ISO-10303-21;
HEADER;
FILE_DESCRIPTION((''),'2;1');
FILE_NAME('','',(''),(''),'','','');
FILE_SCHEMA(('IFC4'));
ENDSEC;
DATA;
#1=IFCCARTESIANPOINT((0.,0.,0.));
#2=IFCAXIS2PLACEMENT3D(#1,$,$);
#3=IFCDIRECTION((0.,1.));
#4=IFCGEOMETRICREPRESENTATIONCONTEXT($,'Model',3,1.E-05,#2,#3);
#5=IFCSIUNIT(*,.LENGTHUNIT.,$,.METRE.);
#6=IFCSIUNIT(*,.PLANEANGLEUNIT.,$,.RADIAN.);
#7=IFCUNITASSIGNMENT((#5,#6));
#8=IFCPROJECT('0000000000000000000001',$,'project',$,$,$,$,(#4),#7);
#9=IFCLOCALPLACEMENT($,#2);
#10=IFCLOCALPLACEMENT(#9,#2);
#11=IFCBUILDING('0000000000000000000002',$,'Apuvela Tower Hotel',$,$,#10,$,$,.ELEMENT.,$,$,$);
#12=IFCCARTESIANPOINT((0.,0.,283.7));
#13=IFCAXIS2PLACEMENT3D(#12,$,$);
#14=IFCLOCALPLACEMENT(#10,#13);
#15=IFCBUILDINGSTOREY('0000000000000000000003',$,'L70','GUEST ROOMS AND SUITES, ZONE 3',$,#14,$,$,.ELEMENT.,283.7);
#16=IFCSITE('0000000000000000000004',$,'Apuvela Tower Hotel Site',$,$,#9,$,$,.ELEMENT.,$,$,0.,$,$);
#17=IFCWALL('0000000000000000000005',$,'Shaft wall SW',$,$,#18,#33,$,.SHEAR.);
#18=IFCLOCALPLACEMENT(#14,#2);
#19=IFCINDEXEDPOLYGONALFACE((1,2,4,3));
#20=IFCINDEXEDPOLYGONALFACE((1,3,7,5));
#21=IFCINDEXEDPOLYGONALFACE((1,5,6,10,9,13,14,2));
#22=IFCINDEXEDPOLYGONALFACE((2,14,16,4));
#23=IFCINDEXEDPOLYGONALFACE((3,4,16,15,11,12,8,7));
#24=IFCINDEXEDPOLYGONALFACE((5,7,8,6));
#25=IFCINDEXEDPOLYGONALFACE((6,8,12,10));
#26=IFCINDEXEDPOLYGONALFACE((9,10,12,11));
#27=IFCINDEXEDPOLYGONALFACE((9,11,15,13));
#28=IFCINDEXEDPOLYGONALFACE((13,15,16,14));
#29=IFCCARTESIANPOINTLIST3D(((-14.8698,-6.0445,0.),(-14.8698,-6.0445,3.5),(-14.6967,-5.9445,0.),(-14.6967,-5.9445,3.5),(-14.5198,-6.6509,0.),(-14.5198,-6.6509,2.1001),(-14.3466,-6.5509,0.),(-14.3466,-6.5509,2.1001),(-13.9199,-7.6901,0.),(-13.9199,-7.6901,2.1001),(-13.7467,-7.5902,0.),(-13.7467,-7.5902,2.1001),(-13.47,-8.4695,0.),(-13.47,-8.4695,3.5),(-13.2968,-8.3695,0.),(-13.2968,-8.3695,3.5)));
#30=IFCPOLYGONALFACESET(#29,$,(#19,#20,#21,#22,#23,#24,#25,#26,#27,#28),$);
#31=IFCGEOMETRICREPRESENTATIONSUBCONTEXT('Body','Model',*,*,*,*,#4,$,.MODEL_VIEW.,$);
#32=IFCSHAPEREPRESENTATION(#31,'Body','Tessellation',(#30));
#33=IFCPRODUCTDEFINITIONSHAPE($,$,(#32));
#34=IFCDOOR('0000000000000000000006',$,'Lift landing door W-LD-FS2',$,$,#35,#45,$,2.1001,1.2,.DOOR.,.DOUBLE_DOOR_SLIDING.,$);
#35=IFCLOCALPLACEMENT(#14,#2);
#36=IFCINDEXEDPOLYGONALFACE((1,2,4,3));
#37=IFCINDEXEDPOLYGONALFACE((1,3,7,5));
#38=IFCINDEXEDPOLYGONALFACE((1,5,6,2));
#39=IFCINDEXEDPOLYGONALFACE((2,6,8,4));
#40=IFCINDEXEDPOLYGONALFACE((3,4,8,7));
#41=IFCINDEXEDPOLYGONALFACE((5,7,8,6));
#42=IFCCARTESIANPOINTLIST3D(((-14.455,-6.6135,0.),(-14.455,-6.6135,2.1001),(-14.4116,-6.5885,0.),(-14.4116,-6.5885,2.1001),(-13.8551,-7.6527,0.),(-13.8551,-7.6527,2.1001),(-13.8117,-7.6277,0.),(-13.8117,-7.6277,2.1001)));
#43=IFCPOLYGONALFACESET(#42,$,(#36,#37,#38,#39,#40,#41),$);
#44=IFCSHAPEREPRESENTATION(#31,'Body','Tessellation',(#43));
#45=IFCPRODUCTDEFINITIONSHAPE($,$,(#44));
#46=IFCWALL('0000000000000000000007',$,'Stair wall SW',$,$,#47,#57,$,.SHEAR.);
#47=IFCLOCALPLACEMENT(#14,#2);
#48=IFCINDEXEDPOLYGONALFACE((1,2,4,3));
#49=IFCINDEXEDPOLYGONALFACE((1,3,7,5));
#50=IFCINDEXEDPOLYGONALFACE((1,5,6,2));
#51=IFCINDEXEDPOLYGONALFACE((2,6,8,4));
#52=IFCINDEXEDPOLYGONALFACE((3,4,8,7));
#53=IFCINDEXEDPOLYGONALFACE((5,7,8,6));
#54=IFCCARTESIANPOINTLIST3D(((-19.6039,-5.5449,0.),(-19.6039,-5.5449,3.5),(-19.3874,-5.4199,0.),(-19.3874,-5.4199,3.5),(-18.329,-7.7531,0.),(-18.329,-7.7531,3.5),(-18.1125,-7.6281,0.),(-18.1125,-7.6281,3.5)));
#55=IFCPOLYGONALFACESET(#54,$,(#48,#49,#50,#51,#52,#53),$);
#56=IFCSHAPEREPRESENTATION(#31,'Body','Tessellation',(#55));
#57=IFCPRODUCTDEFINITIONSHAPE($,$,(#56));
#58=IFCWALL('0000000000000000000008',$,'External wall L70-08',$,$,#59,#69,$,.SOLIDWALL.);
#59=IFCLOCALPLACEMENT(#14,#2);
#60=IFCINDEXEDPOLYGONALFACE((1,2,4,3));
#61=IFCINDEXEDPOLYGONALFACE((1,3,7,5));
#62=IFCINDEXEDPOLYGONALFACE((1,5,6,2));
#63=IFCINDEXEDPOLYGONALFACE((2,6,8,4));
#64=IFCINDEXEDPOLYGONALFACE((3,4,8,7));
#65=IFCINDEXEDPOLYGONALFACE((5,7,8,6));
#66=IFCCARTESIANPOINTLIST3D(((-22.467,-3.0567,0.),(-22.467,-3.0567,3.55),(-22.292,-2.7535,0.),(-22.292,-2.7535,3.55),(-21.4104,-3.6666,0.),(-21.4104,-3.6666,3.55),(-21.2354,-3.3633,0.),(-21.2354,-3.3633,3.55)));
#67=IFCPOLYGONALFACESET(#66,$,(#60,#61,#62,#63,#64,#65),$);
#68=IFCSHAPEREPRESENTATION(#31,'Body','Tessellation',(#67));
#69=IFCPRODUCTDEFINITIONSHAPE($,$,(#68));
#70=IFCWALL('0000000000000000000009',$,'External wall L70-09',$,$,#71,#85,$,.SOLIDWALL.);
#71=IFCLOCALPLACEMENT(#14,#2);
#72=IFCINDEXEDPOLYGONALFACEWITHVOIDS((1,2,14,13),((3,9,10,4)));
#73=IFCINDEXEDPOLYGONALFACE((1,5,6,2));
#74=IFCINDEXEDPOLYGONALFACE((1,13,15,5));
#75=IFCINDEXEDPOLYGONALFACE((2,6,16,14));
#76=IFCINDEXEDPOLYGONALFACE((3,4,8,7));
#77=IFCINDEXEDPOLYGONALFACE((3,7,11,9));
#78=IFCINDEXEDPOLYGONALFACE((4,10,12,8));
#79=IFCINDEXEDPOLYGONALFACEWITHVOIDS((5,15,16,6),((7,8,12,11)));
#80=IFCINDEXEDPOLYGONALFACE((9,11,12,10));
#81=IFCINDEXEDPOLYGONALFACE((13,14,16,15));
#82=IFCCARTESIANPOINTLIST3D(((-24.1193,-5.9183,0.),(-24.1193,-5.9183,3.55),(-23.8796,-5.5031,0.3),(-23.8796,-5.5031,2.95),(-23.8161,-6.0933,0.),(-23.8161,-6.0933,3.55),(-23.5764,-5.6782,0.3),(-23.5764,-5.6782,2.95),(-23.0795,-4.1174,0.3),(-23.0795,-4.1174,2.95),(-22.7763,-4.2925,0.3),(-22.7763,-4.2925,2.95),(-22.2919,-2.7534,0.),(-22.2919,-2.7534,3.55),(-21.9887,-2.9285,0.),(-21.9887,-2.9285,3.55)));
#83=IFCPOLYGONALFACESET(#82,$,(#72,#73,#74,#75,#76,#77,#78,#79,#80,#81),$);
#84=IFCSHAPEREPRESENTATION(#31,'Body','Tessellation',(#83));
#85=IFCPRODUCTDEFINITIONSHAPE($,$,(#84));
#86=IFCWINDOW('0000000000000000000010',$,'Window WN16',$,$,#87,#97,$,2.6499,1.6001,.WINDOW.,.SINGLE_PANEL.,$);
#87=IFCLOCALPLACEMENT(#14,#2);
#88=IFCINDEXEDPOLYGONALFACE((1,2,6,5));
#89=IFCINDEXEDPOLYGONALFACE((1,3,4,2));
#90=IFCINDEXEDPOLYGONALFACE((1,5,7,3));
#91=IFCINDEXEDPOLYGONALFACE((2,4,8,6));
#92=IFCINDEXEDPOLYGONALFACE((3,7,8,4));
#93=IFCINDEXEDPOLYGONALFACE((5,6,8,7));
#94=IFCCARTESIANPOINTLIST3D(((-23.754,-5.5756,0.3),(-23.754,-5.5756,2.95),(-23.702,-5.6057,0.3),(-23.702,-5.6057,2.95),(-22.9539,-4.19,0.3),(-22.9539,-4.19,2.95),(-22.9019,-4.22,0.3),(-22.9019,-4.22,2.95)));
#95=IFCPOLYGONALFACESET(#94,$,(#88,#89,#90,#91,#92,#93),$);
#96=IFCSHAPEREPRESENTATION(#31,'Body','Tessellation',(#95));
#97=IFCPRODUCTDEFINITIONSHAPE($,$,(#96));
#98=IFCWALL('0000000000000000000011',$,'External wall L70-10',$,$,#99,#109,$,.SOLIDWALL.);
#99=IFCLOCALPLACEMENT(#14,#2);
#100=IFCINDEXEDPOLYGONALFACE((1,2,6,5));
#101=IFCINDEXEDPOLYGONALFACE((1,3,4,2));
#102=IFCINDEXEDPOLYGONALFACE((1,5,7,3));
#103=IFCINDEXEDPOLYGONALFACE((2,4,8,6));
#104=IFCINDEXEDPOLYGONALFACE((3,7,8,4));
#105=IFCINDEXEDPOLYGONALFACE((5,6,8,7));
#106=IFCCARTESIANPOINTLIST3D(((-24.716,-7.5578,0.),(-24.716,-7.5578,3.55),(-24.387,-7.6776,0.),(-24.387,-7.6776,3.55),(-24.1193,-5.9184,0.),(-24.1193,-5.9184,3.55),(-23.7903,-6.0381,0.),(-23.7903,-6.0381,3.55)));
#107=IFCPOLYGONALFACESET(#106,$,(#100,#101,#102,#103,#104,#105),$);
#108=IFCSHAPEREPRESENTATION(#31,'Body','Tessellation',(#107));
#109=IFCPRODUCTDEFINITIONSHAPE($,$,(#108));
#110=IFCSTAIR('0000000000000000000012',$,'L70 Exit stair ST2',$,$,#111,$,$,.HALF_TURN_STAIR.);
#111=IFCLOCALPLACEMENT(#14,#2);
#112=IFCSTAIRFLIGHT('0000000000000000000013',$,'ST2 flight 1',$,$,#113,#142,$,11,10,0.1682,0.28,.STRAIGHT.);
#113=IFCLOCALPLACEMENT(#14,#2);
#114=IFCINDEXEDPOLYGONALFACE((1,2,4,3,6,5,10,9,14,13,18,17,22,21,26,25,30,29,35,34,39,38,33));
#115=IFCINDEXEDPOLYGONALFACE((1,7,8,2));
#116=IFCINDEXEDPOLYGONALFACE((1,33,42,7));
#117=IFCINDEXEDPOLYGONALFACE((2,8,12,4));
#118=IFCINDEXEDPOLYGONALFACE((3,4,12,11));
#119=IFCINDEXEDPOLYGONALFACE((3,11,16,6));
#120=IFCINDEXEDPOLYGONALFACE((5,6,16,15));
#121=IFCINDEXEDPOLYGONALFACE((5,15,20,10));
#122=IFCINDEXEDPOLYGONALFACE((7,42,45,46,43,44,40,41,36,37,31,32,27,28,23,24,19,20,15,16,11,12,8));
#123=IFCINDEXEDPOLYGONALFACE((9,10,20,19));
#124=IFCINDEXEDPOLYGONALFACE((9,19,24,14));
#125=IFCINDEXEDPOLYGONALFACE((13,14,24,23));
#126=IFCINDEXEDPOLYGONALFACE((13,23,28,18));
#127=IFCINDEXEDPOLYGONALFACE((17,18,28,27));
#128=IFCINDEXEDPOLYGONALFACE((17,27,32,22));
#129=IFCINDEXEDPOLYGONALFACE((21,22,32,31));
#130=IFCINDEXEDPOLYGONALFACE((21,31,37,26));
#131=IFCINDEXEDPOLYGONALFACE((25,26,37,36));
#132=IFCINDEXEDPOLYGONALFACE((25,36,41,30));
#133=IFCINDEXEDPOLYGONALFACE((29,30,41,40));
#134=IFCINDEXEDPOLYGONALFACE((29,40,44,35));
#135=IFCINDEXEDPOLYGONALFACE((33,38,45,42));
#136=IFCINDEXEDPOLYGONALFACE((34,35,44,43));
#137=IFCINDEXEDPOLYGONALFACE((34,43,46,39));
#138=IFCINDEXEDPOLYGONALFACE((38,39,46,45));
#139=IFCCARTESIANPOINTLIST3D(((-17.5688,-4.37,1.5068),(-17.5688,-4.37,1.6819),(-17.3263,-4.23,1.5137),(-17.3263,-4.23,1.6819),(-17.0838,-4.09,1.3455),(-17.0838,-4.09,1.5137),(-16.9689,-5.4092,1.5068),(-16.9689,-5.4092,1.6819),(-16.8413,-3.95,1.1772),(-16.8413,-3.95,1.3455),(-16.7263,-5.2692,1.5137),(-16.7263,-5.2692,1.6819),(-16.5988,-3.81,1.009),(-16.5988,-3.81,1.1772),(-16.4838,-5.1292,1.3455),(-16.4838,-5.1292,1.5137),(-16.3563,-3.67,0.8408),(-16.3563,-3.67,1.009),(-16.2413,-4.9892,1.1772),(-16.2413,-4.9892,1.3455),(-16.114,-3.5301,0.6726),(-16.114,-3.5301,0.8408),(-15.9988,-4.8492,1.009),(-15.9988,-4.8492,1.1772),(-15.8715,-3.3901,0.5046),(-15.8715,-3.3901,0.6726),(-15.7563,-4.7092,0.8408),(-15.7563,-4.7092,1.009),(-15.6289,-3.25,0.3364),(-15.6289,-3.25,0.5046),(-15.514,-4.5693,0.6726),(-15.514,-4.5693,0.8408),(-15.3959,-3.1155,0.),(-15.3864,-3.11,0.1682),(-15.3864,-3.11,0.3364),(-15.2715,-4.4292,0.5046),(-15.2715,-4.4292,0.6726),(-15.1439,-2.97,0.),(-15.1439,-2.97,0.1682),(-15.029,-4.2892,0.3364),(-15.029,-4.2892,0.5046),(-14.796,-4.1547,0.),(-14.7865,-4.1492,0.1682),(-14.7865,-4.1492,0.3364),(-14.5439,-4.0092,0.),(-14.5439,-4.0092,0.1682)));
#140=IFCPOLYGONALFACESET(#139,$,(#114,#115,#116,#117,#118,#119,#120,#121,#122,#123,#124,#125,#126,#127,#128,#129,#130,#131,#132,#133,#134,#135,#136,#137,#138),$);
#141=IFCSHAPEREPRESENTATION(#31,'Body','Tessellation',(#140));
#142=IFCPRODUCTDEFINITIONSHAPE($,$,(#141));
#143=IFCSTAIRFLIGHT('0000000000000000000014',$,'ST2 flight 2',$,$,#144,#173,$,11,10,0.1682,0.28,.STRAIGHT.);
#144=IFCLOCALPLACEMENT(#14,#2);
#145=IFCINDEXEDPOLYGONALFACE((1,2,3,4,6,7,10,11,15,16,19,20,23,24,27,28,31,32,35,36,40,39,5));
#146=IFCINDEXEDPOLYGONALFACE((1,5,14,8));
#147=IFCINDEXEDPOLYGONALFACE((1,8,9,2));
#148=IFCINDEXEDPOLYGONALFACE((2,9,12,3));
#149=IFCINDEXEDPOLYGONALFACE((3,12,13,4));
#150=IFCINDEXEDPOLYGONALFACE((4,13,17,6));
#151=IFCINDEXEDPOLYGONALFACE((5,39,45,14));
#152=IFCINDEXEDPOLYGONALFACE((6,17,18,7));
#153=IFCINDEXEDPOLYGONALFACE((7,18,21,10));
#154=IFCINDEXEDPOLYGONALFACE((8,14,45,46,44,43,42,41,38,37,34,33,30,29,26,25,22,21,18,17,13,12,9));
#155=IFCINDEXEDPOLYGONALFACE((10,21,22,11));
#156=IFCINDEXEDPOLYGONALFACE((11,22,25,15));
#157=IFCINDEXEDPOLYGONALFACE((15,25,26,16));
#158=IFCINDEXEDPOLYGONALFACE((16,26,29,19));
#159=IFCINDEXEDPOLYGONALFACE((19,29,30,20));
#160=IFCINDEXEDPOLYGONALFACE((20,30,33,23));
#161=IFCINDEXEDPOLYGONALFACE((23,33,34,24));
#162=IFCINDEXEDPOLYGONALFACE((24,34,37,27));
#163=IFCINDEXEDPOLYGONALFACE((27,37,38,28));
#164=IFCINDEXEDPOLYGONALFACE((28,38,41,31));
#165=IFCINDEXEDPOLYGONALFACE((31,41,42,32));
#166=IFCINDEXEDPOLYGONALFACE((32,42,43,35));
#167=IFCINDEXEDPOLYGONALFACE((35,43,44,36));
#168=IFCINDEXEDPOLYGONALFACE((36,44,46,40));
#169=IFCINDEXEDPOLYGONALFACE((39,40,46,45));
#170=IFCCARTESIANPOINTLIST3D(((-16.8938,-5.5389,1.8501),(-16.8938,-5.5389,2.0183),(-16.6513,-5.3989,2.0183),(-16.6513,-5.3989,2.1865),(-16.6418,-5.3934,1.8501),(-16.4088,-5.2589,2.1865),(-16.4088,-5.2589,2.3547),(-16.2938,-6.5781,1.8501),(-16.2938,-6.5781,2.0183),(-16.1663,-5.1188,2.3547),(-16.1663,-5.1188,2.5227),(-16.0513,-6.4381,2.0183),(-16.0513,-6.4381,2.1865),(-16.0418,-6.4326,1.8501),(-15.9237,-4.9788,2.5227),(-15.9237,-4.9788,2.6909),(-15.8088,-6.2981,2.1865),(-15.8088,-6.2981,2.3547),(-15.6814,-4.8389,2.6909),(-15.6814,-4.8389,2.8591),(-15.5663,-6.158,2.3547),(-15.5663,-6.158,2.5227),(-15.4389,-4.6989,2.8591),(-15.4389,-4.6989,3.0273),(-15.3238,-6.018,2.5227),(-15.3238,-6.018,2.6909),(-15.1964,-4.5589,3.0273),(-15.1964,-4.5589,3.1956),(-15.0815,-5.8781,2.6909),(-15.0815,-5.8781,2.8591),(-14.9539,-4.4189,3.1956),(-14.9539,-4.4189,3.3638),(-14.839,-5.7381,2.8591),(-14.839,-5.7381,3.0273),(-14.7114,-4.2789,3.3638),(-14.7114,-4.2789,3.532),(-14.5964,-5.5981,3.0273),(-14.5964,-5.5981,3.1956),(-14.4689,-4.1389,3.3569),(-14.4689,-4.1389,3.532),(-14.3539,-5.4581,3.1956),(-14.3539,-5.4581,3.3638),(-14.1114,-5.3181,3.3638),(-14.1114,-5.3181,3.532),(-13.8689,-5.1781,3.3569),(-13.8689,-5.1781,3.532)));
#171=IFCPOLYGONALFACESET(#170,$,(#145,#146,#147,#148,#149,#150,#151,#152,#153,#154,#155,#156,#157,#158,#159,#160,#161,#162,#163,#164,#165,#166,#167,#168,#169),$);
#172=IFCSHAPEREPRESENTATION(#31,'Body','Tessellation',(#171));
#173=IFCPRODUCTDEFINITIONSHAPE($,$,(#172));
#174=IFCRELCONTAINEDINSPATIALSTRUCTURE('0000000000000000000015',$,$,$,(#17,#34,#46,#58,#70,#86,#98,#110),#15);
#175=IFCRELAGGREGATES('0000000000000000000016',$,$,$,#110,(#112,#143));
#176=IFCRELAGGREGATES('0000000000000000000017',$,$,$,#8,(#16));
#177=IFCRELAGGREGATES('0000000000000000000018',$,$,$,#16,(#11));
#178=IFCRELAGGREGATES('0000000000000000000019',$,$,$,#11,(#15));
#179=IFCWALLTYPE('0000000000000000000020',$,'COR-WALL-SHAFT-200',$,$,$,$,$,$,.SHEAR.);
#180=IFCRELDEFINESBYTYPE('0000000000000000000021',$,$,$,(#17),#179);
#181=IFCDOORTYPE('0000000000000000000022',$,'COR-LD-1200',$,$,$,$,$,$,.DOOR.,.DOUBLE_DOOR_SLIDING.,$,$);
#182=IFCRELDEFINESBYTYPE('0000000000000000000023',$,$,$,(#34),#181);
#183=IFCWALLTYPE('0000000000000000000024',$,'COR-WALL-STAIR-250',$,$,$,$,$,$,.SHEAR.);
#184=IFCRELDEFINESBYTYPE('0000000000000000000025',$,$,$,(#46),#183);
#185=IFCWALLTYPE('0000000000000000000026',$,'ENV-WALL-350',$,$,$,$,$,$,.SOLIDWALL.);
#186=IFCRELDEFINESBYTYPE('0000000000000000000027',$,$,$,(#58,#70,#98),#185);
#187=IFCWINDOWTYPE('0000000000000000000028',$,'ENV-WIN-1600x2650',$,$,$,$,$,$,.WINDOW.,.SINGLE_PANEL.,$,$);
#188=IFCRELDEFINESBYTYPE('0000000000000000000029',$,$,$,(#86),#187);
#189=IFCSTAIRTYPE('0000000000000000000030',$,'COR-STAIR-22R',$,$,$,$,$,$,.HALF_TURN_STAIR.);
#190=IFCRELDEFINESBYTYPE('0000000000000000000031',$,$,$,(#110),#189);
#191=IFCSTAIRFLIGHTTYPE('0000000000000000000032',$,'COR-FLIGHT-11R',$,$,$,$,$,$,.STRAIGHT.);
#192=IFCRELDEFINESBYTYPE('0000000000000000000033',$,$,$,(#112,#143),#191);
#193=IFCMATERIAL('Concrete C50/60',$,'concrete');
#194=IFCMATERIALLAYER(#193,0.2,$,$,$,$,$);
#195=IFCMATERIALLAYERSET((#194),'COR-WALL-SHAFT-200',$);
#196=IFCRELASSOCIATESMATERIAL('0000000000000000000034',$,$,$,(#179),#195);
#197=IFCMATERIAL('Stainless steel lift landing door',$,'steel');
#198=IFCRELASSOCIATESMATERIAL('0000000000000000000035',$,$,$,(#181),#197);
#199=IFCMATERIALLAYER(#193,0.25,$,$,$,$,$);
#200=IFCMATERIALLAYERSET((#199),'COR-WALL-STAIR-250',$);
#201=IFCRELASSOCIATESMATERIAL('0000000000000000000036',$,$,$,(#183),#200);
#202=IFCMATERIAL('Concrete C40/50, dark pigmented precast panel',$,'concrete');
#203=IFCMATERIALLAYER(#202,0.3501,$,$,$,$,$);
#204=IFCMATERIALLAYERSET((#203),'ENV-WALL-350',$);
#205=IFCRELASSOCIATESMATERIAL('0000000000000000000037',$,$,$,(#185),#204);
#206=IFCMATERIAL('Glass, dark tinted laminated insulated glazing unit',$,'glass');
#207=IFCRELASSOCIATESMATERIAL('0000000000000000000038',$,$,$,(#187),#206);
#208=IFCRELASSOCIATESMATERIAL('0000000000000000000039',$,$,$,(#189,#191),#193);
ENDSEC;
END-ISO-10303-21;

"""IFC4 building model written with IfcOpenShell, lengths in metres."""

from ifc_helpers import new_model, si_unit, direction, frame, frame_2d, origin, place, context, subcontext, project, spatial, polyline, rectangle, outline, extrude, material, layer, layer_set, type_object, element, fill, aggregate, save


model = new_model("IFC4")

# Units and contexts
model_context = context("Model", 3, precision=1e-05, world=origin(), true_north=direction((0.0, 1.0)))
body_context = subcontext(model_context, "Body", "Model", "MODEL_VIEW")
ifc_project = project(units=[si_unit("LENGTHUNIT", "METRE"), si_unit("PLANEANGLEUNIT", "RADIAN")], contexts=[model_context])

# Site, building, storey
site_placement = place(None, origin())
site = spatial("IfcSite", under=ifc_project, at=site_placement, Name="Apuvela Tower Hotel Site", CompositionType="ELEMENT", RefElevation=0.0)
building_placement = place(site_placement, origin())
building = spatial("IfcBuilding", under=site, at=building_placement, Name="Apuvela Tower Hotel", CompositionType="ELEMENT")
storey_placement = place(building_placement, frame((0.0, 0.0, 283.7)))
storey = spatial("IfcBuildingStorey", under=building, at=storey_placement, Name="L70", Description="GUEST ROOMS AND SUITES, ZONE 3", CompositionType="ELEMENT", Elevation=283.7)

# Wall, opening, door
ifc_material_1 = material(Name="Concrete C50/60", Category="concrete")
ifc_layer_1 = layer(ifc_material_1, 0.2)
ifc_layer_set_1 = layer_set([ifc_layer_1], Name="COR-WALL-SHAFT-200")
wall_type_1 = type_object("IfcWallType", Name="COR-WALL-SHAFT-200", PredefinedType="SHEAR", material=ifc_layer_set_1)
wall_1_placement = place(storey_placement, frame((-14.7832, -5.9946, 0.0), z_axis=(0.0, 0.0, 1.0), x_axis=(0.499946, -0.866056, 0.0)))
wall_1 = element("IfcWall", 1, at=wall_1_placement, inside=storey, type_object=wall_type_1, Name="Shaft wall SW", PredefinedType="SHEAR", context=body_context, shape_type="SweptSolid", body=[
    extrude(rectangle(XDim=2.8, YDim=0.2, at=frame_2d((1.3999, 0.0))), origin(), (0.0, 0.0, 1.0), 3.5),
])
opening_1_placement = place(wall_1_placement, frame((0.7, 0.0, 0.0)))
opening_1 = element("IfcOpeningElement", 2, at=opening_1_placement, cuts=wall_1, PredefinedType="OPENING", context=body_context, shape_type="SweptSolid", body=[
    extrude(rectangle(XDim=1.2, YDim=2.1001, at=frame_2d((0.6001, 1.05))), frame((0.0, 0.1099, 0.0), z_axis=(0.0, -1.0, 0.0), x_axis=(1.0, 0.0, 0.0)), (0.0, 0.0, 1.0), 0.22),
])
ifc_material_2 = material(Name="Stainless steel lift landing door", Category="steel")
door_type_1 = type_object("IfcDoorType", Name="COR-LD-1200", OperationType="DOUBLE_DOOR_SLIDING", PredefinedType="DOOR", material=ifc_material_2)
door_1_placement = place(opening_1_placement, origin())
door_1 = element("IfcDoor", 3, at=door_1_placement, inside=storey, type_object=door_type_1, Name="Lift landing door W-LD-FS2", OperationType="DOUBLE_DOOR_SLIDING", OverallHeight=2.1001, OverallWidth=1.2, PredefinedType="DOOR", context=body_context, shape_type="SweptSolid", body=[
    extrude(rectangle(XDim=1.2, YDim=2.1001, at=frame_2d((0.6001, 1.05))), frame((0.0, 0.0249, 0.0), z_axis=(0.0, -1.0, 0.0), x_axis=(1.0, 0.0, 0.0)), (0.0, 0.0, 1.0), 0.05),
])
fill(opening_1, door_1)

# Walls
ifc_layer_2 = layer(ifc_material_1, 0.25)
ifc_layer_set_2 = layer_set([ifc_layer_2], Name="COR-WALL-STAIR-250")
wall_type_2 = type_object("IfcWallType", Name="COR-WALL-STAIR-250", PredefinedType="SHEAR", material=ifc_layer_set_2)
wall_2_placement = place(storey_placement, frame((-19.4956, -5.4824, 0.0), z_axis=(0.0, 0.0, 1.0), x_axis=(0.49999, -0.866031, 0.0)))
element("IfcWall", 4, at=wall_2_placement, inside=storey, type_object=wall_type_2, Name="Stair wall SW", PredefinedType="SHEAR", context=body_context, shape_type="SweptSolid", body=[
    extrude(rectangle(XDim=2.5498, YDim=0.25, at=frame_2d((1.2749, 0.0))), origin(), (0.0, 0.0, 1.0), 3.5),
])
ifc_material_3 = material(Name="Concrete C40/50, dark pigmented precast panel", Category="concrete")
ifc_layer_3 = layer(ifc_material_3, 0.3501)
ifc_layer_set_3 = layer_set([ifc_layer_3], Name="ENV-WALL-350")
wall_type_3 = type_object("IfcWallType", Name="ENV-WALL-350", PredefinedType="SOLIDWALL", material=ifc_layer_set_3)
wall_3_placement = place(storey_placement, frame((-21.323, -3.5149, 0.0), z_axis=(0.0, 0.0, 1.0), x_axis=(-0.866092, 0.499884, 0.0)))
element("IfcWall", 5, at=wall_3_placement, inside=storey, type_object=wall_type_3, Name="External wall L70-08", PredefinedType="SOLIDWALL", context=body_context, shape_type="SweptSolid", body=[
    extrude(rectangle(XDim=1.22, YDim=0.3501, at=frame_2d((0.6099, 0.0))), origin(), (0.0, 0.0, 1.0), 3.55),
])

# Wall, opening, window
wall_4_placement = place(storey_placement, frame((-22.1404, -2.8411, 0.0), z_axis=(0.0, 0.0, 1.0), x_axis=(-0.500041, -0.866002, 0.0)))
wall_4 = element("IfcWall", 6, at=wall_4_placement, inside=storey, type_object=wall_type_3, Name="External wall L70-09", PredefinedType="SOLIDWALL", context=body_context, shape_type="SweptSolid", body=[
    extrude(rectangle(XDim=3.6545, YDim=0.3501, at=frame_2d((1.8271, 0.0))), origin(), (0.0, 0.0, 1.0), 3.55),
])
opening_2_placement = place(wall_4_placement, frame((1.575, 0.0, 0.3)))
opening_2 = element("IfcOpeningElement", 7, at=opening_2_placement, cuts=wall_4, PredefinedType="OPENING", context=body_context, shape_type="SweptSolid", body=[
    extrude(rectangle(XDim=1.6001, YDim=2.6499, at=frame_2d((0.8, 1.325))), frame((0.0, 0.1851, 0.0), z_axis=(0.0, -1.0, 0.0), x_axis=(1.0, 0.0, 0.0)), (0.0, 0.0, 1.0), 0.3701),
])
ifc_material_4 = material(Name="Glass, dark tinted laminated insulated glazing unit", Category="glass")
window_type = type_object("IfcWindowType", Name="ENV-WIN-1600x2650", PartitioningType="SINGLE_PANEL", PredefinedType="WINDOW", material=ifc_material_4)
window_placement = place(opening_2_placement, origin())
window = element("IfcWindow", 8, at=window_placement, inside=storey, type_object=window_type, Name="Window WN16", OverallHeight=2.6499, OverallWidth=1.6001, PartitioningType="SINGLE_PANEL", PredefinedType="WINDOW", context=body_context, shape_type="SweptSolid", body=[
    extrude(rectangle(XDim=1.6001, YDim=2.6499, at=frame_2d((0.8, 1.325))), frame((0.0, 0.03, 0.0), z_axis=(0.0, -1.0, 0.0), x_axis=(1.0, 0.0, 0.0)), (0.0, 0.0, 1.0), 0.0601),
])
fill(opening_2, window)

# Wall
wall_5_placement = place(storey_placement, frame((-23.9548, -5.9783, 0.0), z_axis=(0.0, 0.0, 1.0), x_axis=(-0.342013, -0.939695, 0.0)))
element("IfcWall", 9, at=wall_5_placement, inside=storey, type_object=wall_type_3, Name="External wall L70-10", PredefinedType="SOLIDWALL", context=body_context, shape_type="SweptSolid", body=[
    extrude(rectangle(XDim=1.7446, YDim=0.3501, at=frame_2d((0.8723, 0.0))), origin(), (0.0, 0.0, 1.0), 3.55),
])

# Stair, stair flights
stair_type = type_object("IfcStairType", Name="COR-STAIR-22R", PredefinedType="HALF_TURN_STAIR", material=ifc_material_1)
stair_placement = place(storey_placement, origin())
stair = element("IfcStair", 10, at=stair_placement, inside=storey, type_object=stair_type, Name="L70 Exit stair ST2", PredefinedType="HALF_TURN_STAIR")
stair_flight_type = type_object("IfcStairFlightType", Name="COR-FLIGHT-11R", PredefinedType="STRAIGHT", material=ifc_material_1)
stair_flight_1_placement = place(storey_placement, frame((-14.844, -3.4895, 0.0), z_axis=(0.0, 0.0, 1.0), x_axis=(-0.866025, -0.5, 0.0)))
stair_flight_1 = element("IfcStairFlight", 11, at=stair_flight_1_placement, type_object=stair_flight_type, Name="ST2 flight 1", NumberOfRisers=11, NumberOfTreads=10, PredefinedType="STRAIGHT", RiserHeight=0.1682, TreadLength=0.28, context=body_context, shape_type="SweptSolid", body=[
    extrude(outline(polyline([(0.0, 0.0), (0.0, 0.1682), (0.28, 0.1682), (0.28, 0.3364), (0.5601, 0.3364), (0.5601, 0.5046), (0.8401, 0.5046), (0.8401, 0.6726), (1.1201, 0.6726), (1.1201, 0.8408), (1.3999, 0.8408), (1.3999, 1.009), (1.6799, 1.009), (1.6799, 1.1772), (1.96, 1.1772), (1.96, 1.3455), (2.24, 1.3455), (2.24, 1.5137), (2.52, 1.5137), (2.52, 1.6819), (2.8, 1.6819), (2.8, 1.8501), (2.8, 1.5068), (0.291, 0.0), (0.0, 0.0)])), frame((0.0, 0.6001, 0.0), z_axis=(0.0, -1.0, 0.0), x_axis=(1.0, 0.0, 0.0)), (0.0, 0.0, 1.0), 1.2),
])
stair_flight_2_placement = place(storey_placement, frame((-16.5938, -6.0586, 1.8501), z_axis=(0.0, 0.0, 1.0), x_axis=(0.866025, 0.5, 0.0)))
stair_flight_2 = element("IfcStairFlight", 12, at=stair_flight_2_placement, type_object=stair_flight_type, Name="ST2 flight 2", NumberOfRisers=11, NumberOfTreads=10, PredefinedType="STRAIGHT", RiserHeight=0.1682, TreadLength=0.28, context=body_context, shape_type="SweptSolid", body=[
    extrude(outline(polyline([(0.0, 0.0), (0.0, 0.1682), (0.28, 0.1682), (0.28, 0.3364), (0.5601, 0.3364), (0.5601, 0.5046), (0.8401, 0.5046), (0.8401, 0.6726), (1.1201, 0.6726), (1.1201, 0.8408), (1.3999, 0.8408), (1.3999, 1.009), (1.6799, 1.009), (1.6799, 1.1772), (1.96, 1.1772), (1.96, 1.3455), (2.24, 1.3455), (2.24, 1.5137), (2.52, 1.5137), (2.52, 1.6819), (2.8, 1.6819), (2.8, 1.8501), (2.8, 1.5068), (0.291, 0.0), (0.0, 0.0)])), frame((0.0, 0.6001, 0.0), z_axis=(0.0, -1.0, 0.0), x_axis=(1.0, 0.0, 0.0)), (0.0, 0.0, 1.0), 1.2),
])
aggregate(stair, [stair_flight_1, stair_flight_2])

save(model, "model.ifc")
